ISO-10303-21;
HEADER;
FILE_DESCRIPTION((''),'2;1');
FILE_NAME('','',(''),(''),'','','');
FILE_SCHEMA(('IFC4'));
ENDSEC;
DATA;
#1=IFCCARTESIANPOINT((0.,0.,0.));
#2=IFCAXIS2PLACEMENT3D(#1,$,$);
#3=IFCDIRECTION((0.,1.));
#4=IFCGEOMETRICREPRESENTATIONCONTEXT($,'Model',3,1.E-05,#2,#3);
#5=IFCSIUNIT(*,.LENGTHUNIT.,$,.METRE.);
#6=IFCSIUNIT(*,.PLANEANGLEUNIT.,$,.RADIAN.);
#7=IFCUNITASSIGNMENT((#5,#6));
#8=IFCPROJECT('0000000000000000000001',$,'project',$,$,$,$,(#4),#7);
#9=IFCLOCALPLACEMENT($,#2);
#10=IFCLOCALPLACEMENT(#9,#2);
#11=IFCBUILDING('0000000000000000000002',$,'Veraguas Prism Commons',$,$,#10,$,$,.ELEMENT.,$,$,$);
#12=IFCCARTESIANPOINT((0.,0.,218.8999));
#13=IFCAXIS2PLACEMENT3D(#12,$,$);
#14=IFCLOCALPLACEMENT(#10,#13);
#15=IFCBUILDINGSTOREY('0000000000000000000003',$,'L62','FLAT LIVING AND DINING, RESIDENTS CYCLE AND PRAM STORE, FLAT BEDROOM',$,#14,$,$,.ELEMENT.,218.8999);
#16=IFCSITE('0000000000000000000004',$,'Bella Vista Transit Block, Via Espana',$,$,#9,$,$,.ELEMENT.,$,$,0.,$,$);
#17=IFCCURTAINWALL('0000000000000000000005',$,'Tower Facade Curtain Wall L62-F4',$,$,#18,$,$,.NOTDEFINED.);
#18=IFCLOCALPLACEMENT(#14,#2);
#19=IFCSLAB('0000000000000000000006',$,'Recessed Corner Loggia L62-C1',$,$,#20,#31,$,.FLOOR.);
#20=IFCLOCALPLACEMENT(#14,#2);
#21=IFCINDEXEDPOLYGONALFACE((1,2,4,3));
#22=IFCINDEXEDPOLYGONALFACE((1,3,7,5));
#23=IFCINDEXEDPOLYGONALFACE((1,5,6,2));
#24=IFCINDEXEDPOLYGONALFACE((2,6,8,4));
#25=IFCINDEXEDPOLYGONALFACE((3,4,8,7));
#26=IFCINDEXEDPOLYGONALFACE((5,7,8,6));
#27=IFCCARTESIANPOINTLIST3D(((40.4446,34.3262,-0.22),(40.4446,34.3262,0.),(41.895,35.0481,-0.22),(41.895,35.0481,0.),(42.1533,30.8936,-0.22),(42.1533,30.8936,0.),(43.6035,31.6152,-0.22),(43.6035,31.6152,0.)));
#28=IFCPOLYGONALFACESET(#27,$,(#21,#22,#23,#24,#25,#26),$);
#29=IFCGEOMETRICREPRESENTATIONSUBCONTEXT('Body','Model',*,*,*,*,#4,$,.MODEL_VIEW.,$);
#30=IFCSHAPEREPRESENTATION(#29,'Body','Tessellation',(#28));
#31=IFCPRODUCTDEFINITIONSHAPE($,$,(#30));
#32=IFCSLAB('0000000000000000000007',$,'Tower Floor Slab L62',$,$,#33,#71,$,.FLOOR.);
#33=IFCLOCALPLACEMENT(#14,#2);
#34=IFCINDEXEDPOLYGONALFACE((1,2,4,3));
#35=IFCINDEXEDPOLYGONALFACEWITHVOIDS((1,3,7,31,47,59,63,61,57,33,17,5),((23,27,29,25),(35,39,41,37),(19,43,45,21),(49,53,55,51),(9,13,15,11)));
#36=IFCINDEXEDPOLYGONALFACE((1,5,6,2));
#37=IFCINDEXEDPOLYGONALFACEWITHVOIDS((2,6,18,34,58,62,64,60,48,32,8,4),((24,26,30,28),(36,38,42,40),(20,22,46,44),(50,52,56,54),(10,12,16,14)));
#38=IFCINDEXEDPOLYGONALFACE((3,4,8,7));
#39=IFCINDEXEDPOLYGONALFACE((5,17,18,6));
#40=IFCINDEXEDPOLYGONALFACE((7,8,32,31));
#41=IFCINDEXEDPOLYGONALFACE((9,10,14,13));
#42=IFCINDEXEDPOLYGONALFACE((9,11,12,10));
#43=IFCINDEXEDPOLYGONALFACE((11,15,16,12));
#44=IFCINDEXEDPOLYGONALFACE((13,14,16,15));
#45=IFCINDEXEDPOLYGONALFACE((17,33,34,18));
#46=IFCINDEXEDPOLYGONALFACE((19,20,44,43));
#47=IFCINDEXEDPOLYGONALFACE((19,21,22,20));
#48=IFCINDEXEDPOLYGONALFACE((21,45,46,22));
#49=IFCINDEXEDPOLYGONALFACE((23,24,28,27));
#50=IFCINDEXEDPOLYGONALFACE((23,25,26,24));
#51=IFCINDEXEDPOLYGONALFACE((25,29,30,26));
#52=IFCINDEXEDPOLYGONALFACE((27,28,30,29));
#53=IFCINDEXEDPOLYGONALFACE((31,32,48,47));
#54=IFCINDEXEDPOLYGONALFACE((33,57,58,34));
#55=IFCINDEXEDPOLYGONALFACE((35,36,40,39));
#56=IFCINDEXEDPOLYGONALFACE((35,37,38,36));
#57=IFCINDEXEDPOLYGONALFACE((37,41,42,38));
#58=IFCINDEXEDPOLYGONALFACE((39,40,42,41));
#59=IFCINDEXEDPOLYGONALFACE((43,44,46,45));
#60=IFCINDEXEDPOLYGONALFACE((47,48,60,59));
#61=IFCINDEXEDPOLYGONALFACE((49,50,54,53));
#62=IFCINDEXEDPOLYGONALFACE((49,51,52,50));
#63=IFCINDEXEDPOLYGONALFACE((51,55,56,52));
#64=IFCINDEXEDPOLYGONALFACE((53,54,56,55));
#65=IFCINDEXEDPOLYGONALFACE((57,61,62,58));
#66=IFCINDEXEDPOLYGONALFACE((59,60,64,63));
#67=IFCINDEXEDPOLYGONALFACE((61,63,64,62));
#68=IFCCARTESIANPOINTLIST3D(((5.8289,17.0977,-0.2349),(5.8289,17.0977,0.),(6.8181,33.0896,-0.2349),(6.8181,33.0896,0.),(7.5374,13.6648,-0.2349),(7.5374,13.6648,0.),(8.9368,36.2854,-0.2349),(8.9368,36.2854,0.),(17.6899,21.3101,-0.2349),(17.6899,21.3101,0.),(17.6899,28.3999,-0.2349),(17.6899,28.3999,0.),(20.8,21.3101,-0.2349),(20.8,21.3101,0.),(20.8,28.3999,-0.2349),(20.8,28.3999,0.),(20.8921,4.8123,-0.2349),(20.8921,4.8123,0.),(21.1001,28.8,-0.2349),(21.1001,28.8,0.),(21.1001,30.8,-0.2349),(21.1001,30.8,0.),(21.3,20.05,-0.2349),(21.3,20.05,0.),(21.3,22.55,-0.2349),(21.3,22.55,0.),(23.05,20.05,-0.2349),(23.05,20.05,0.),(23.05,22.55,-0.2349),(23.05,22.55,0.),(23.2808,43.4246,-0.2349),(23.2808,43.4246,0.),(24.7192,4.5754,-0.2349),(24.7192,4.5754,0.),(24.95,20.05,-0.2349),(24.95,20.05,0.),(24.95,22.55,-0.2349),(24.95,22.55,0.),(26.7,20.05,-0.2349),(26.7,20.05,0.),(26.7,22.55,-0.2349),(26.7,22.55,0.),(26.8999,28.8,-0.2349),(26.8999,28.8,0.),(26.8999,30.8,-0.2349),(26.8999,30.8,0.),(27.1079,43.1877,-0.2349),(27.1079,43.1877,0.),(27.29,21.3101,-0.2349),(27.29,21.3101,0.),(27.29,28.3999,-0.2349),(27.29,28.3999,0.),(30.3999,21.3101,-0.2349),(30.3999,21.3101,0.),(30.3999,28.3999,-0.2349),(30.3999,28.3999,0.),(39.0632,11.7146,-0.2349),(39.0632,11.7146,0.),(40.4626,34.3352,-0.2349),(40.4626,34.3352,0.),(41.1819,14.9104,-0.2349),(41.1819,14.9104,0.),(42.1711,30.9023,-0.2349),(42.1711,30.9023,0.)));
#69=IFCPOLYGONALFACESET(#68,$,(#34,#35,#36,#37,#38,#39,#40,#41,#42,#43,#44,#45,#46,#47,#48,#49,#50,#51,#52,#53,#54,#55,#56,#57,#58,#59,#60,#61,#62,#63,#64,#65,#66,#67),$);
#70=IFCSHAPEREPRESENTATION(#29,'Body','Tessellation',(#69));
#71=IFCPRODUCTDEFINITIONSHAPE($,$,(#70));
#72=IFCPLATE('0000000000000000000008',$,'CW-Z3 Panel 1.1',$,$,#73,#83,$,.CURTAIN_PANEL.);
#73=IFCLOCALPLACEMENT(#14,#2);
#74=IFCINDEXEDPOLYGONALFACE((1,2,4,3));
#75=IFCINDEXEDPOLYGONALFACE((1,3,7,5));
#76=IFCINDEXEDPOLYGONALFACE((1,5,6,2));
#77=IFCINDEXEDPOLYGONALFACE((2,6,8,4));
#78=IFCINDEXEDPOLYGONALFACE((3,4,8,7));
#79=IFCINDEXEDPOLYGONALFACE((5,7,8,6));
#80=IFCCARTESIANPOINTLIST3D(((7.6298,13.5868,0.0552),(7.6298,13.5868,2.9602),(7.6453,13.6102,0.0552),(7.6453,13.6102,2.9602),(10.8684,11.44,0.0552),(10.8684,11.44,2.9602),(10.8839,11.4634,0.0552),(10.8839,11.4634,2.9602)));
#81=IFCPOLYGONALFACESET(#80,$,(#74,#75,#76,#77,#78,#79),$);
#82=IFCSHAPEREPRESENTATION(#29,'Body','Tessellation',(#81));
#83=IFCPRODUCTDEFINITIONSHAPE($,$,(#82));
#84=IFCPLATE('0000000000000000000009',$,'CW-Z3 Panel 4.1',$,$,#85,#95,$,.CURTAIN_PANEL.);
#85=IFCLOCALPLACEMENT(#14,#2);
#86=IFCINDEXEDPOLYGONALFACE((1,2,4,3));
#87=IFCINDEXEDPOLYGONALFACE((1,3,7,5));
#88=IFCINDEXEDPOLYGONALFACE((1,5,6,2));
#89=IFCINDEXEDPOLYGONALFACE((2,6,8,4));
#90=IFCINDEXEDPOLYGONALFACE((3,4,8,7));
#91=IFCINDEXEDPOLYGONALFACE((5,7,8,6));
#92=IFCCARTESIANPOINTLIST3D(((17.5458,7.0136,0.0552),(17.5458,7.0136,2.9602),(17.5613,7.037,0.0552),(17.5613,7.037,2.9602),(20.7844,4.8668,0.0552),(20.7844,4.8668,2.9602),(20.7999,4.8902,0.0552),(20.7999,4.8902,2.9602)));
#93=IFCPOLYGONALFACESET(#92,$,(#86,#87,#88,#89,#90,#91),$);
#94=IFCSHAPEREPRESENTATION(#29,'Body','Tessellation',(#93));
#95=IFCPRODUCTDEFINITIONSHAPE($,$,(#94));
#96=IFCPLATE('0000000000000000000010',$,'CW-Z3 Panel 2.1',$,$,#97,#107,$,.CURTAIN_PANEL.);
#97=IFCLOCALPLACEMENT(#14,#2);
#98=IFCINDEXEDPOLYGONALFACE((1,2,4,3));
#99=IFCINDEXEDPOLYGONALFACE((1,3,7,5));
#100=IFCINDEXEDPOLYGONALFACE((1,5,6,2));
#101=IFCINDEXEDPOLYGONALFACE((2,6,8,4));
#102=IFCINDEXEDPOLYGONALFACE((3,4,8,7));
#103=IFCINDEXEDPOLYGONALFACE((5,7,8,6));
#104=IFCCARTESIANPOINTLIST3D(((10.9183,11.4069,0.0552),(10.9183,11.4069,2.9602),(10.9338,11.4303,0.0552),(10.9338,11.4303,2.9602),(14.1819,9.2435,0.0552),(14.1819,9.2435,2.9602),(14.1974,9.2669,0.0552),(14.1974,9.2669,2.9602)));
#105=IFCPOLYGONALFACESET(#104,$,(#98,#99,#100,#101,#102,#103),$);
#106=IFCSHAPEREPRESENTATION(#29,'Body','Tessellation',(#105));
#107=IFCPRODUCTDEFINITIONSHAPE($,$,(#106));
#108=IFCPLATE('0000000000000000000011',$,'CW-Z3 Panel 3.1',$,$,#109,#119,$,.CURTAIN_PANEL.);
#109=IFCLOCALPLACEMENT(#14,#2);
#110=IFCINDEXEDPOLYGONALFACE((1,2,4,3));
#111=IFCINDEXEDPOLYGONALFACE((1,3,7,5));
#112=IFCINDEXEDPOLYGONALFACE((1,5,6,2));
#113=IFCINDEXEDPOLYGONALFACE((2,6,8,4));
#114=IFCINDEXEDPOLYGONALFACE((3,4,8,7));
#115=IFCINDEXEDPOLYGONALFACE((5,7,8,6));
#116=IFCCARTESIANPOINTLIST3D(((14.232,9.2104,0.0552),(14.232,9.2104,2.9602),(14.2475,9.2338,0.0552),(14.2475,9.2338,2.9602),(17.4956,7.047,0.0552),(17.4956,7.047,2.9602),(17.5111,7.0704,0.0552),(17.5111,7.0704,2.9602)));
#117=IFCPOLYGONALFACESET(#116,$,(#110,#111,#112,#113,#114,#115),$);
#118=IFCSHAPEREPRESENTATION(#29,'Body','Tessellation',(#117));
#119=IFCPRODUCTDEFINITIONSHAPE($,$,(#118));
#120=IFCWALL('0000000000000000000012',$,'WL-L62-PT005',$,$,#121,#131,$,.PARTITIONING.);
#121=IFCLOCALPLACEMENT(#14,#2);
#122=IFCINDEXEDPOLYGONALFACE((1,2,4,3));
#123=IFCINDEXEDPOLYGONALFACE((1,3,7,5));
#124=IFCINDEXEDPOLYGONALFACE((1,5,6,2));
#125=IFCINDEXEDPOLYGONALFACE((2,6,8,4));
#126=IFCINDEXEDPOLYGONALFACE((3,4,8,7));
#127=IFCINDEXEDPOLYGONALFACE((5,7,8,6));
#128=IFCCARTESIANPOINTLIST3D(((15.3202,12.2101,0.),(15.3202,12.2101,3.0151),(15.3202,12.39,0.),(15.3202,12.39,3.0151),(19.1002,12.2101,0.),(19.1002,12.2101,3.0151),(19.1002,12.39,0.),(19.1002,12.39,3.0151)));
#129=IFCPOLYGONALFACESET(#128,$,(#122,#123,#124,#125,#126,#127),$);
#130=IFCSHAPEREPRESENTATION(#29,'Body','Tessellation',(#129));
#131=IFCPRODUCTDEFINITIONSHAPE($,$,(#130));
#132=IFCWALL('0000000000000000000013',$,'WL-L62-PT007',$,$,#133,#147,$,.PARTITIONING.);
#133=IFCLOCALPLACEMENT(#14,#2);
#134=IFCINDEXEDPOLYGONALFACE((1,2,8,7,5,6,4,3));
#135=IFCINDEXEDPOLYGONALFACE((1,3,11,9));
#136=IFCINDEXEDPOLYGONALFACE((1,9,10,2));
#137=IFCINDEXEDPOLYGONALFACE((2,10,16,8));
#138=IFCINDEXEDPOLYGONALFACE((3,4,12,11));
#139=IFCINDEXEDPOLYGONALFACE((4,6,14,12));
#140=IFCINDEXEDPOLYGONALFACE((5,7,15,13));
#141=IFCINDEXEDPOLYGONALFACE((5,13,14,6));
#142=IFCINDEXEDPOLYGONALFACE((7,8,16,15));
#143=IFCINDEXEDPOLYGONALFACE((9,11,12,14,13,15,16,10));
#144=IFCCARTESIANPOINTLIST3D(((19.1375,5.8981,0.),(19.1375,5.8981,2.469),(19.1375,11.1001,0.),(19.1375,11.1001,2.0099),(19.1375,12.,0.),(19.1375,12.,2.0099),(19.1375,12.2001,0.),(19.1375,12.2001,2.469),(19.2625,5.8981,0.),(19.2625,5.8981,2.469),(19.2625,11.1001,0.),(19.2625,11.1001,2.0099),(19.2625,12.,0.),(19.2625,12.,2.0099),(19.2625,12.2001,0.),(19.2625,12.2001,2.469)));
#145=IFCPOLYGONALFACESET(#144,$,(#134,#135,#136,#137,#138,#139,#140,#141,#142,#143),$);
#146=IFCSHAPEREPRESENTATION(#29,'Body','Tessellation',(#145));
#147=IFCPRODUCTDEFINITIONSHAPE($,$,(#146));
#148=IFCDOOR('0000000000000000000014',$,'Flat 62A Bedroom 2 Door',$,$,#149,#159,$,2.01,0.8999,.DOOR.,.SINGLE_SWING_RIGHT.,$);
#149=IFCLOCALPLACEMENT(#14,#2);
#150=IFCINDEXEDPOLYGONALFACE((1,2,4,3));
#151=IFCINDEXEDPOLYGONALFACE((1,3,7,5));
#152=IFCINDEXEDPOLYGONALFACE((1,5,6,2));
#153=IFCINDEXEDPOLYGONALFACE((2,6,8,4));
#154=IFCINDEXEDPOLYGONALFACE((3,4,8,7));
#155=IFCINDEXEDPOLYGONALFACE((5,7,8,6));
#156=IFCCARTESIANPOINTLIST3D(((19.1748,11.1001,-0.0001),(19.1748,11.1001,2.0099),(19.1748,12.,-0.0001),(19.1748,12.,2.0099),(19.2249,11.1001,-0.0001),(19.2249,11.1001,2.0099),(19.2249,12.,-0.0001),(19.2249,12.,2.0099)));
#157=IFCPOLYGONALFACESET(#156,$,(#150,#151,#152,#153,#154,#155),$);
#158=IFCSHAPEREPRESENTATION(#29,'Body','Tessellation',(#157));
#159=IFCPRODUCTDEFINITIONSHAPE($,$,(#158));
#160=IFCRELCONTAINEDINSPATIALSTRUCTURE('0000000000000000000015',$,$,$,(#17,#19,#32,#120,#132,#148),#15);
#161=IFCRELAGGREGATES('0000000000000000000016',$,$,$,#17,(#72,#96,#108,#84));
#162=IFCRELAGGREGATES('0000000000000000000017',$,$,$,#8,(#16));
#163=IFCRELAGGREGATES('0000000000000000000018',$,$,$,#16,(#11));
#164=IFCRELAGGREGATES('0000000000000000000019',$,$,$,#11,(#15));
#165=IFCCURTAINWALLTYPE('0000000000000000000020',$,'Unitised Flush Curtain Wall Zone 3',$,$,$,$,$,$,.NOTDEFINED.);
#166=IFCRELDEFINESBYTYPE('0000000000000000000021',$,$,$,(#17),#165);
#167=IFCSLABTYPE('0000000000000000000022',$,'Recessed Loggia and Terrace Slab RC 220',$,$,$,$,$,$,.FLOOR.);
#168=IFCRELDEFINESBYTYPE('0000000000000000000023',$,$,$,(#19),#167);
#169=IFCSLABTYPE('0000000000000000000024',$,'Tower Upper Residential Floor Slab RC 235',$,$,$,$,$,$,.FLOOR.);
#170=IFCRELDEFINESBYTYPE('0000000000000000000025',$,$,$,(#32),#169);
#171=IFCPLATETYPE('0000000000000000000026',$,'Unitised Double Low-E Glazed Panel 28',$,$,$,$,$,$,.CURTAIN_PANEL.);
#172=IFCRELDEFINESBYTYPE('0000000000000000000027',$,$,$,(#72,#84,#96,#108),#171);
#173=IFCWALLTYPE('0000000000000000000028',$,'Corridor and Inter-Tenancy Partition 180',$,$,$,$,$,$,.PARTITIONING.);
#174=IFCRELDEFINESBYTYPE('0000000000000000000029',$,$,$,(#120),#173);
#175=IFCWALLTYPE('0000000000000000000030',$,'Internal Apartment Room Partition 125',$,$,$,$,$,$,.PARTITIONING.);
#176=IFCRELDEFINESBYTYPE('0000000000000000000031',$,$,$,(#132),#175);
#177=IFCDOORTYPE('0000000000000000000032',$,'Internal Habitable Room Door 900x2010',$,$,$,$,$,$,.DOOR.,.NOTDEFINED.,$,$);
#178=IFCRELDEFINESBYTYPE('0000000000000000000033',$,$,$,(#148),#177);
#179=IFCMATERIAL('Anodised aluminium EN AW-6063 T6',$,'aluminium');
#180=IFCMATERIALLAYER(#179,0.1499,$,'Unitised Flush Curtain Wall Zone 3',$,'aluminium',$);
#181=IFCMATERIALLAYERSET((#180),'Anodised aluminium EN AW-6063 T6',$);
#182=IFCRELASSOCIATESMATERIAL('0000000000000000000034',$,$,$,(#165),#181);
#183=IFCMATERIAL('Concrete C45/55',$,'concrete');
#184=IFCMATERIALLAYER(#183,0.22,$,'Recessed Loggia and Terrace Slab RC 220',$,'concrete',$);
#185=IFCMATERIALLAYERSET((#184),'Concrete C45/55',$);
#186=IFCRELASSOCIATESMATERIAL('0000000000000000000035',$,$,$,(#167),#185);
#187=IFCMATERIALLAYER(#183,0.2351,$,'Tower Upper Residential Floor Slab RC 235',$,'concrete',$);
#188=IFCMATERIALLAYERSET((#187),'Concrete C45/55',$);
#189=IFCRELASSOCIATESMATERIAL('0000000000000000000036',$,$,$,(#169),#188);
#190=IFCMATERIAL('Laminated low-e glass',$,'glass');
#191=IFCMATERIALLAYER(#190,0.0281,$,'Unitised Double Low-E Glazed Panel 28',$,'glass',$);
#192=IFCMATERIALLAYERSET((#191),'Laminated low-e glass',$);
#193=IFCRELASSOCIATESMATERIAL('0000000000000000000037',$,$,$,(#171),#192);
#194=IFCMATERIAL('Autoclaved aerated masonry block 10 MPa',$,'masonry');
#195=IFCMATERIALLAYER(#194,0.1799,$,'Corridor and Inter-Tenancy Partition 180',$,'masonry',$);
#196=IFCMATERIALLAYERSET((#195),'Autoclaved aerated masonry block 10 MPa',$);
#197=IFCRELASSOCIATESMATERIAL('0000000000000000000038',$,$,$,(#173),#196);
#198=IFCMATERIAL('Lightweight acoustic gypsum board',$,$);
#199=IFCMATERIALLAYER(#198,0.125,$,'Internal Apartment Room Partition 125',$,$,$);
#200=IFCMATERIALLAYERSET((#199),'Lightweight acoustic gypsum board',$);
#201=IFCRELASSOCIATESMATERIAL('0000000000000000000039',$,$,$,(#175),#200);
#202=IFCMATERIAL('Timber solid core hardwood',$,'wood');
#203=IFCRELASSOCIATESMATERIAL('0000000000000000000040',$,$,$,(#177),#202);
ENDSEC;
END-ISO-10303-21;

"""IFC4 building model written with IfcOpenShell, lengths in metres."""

from ifc_helpers import new_model, si_unit, direction, frame, frame_2d, origin, origin_2d, place, context, subcontext, project, spatial, polyline, rectangle, outline, extrude, source, transform, mapped, material, layer, layer_set, type_object, element, fill, aggregate, save


model = new_model("IFC4")

# Units and contexts
model_context = context("Model", 3, precision=1e-05, world=origin(), true_north=direction((0.0, 1.0)))
body_context = subcontext(model_context, "Body", "Model", "MODEL_VIEW")
ifc_project = project(units=[si_unit("LENGTHUNIT", "METRE"), si_unit("PLANEANGLEUNIT", "RADIAN")], contexts=[model_context])

# Site, building, storey
site_placement = place(None, origin())
site = spatial("IfcSite", under=ifc_project, at=site_placement, Name="Bella Vista Transit Block, Via Espana", CompositionType="ELEMENT", RefElevation=0.0)
building_placement = place(site_placement, origin())
building = spatial("IfcBuilding", under=site, at=building_placement, Name="Veraguas Prism Commons", CompositionType="ELEMENT")
storey_placement = place(building_placement, frame((0.0, 0.0, 218.8999)))
storey = spatial("IfcBuildingStorey", under=building, at=storey_placement, Name="L62", Description="FLAT LIVING AND DINING, RESIDENTS CYCLE AND PRAM STORE, FLAT BEDROOM", CompositionType="ELEMENT", Elevation=218.8999)

# Curtain wall
ifc_material_1 = material(Name="Anodised aluminium EN AW-6063 T6", Category="aluminium")
ifc_layer_1 = layer(ifc_material_1, 0.1499, Name="Unitised Flush Curtain Wall Zone 3", Category="aluminium")
ifc_layer_set_1 = layer_set([ifc_layer_1], Name="Anodised aluminium EN AW-6063 T6")
curtain_wall_type = type_object("IfcCurtainWallType", Name="Unitised Flush Curtain Wall Zone 3", PredefinedType="NOTDEFINED", material=ifc_layer_set_1)
curtain_wall_placement = place(storey_placement, origin())
curtain_wall = element("IfcCurtainWall", 1, at=curtain_wall_placement, inside=storey, type_object=curtain_wall_type, Name="Tower Facade Curtain Wall L62-F4", PredefinedType="NOTDEFINED")

# Slabs
ifc_material_2 = material(Name="Concrete C45/55", Category="concrete")
ifc_layer_2 = layer(ifc_material_2, 0.22, Name="Recessed Loggia and Terrace Slab RC 220", Category="concrete")
ifc_layer_set_2 = layer_set([ifc_layer_2], Name="Concrete C45/55")
slab_type_1 = type_object("IfcSlabType", Name="Recessed Loggia and Terrace Slab RC 220", PredefinedType="FLOOR", material=ifc_layer_set_2)
slab_1_placement = place(storey_placement, frame((0.0, 0.0, -0.22)))
element("IfcSlab", 2, at=slab_1_placement, inside=storey, type_object=slab_type_1, Name="Recessed Corner Loggia L62-C1", PredefinedType="FLOOR", context=body_context, shape_type="SweptSolid", body=[
    extrude(outline(polyline([(42.1533, 30.8936), (43.6035, 31.6152), (41.895, 35.0481), (40.4446, 34.3262), (42.1533, 30.8936)])), origin(), (0.0, 0.0, 1.0), 0.22),
])
ifc_layer_3 = layer(ifc_material_2, 0.2351, Name="Tower Upper Residential Floor Slab RC 235", Category="concrete")
ifc_layer_set_3 = layer_set([ifc_layer_3], Name="Concrete C45/55")
slab_type_2 = type_object("IfcSlabType", Name="Tower Upper Residential Floor Slab RC 235", PredefinedType="FLOOR", material=ifc_layer_set_3)
slab_2_placement = place(storey_placement, frame((0.0, 0.0, -0.2349)))
element("IfcSlab", 3, at=slab_2_placement, inside=storey, type_object=slab_type_2, Name="Tower Floor Slab L62", PredefinedType="FLOOR", context=body_context, shape_type="SweptSolid", body=[
    extrude(outline(polyline([(42.1711, 30.9023), (40.4626, 34.3352), (27.1079, 43.1877), (23.2808, 43.4246), (8.9368, 36.2854), (6.8181, 33.0896), (5.8289, 17.0977), (7.5374, 13.6648), (20.8921, 4.8123), (24.7192, 4.5754), (39.0632, 11.7146), (41.1819, 14.9104), (42.1711, 30.9023)]), holes=[polyline([(20.8, 21.3101), (20.8, 28.3999), (17.6899, 28.3999), (17.6899, 21.3101), (20.8, 21.3101)]), polyline([(30.3999, 21.3101), (30.3999, 28.3999), (27.29, 28.3999), (27.29, 21.3101), (30.3999, 21.3101)]), polyline([(21.1001, 28.8), (26.8999, 28.8), (26.8999, 30.8), (21.1001, 30.8), (21.1001, 28.8)]), polyline([(21.3, 20.05), (23.05, 20.05), (23.05, 22.55), (21.3, 22.55), (21.3, 20.05)]), polyline([(24.95, 20.05), (26.7, 20.05), (26.7, 22.55), (24.95, 22.55), (24.95, 20.05)])]), origin(), (0.0, 0.0, 1.0), 0.2349),
])

# Plates
ifc_material_3 = material(Name="Laminated low-e glass", Category="glass")
ifc_layer_4 = layer(ifc_material_3, 0.0281, Name="Unitised Double Low-E Glazed Panel 28", Category="glass")
ifc_layer_set_4 = layer_set([ifc_layer_4], Name="Laminated low-e glass")
plate_type = type_object("IfcPlateType", Name="Unitised Double Low-E Glazed Panel 28", PredefinedType="CURTAIN_PANEL", material=ifc_layer_set_4)
shared_shape_1 = source(origin(), body_context, "Body", "SweptSolid", [
    extrude(rectangle(XDim=3.8855, YDim=0.0281, at=origin_2d()), origin(), (0.0, 0.0, 1.0), 2.905),
])
plate_1_placement = place(storey_placement, frame((9.2568, 12.5251, 0.0552), z_axis=(0.0, 0.0, 1.0), x_axis=(0.833503, -0.552515, 0.0)))
plate_1 = element("IfcPlate", 4, at=plate_1_placement, type_object=plate_type, Name="CW-Z3 Panel 1.1", PredefinedType="CURTAIN_PANEL", context=body_context, shape_type="MappedRepresentation", body=[
    mapped(shared_shape_1, transform((0.0, 0.0, 0.0), scale=1.0)),
])
plate_2_placement = place(storey_placement, frame((19.1729, 5.9519, 0.0552), z_axis=(0.0, 0.0, 1.0), x_axis=(0.833503, -0.552515, 0.0)))
plate_2 = element("IfcPlate", 5, at=plate_2_placement, type_object=plate_type, Name="CW-Z3 Panel 4.1", PredefinedType="CURTAIN_PANEL", context=body_context, shape_type="MappedRepresentation", body=[
    mapped(shared_shape_1, transform((0.0, 0.0, 0.0), scale=1.0)),
])
shared_shape_2 = source(origin(), body_context, "Body", "SweptSolid", [
    extrude(rectangle(XDim=3.9155, YDim=0.0281, at=origin_2d()), origin(), (0.0, 0.0, 1.0), 2.905),
])
plate_3_placement = place(storey_placement, frame((12.5579, 10.3369, 0.0552), z_axis=(0.0, 0.0, 1.0), x_axis=(0.833503, -0.552515, 0.0)))
plate_3 = element("IfcPlate", 6, at=plate_3_placement, type_object=plate_type, Name="CW-Z3 Panel 2.1", PredefinedType="CURTAIN_PANEL", context=body_context, shape_type="MappedRepresentation", body=[
    mapped(shared_shape_2, transform((0.0, 0.0, 0.0), scale=1.0)),
])
plate_4_placement = place(storey_placement, frame((15.8716, 8.1404, 0.0552), z_axis=(0.0, 0.0, 1.0), x_axis=(0.833503, -0.552515, 0.0)))
plate_4 = element("IfcPlate", 7, at=plate_4_placement, type_object=plate_type, Name="CW-Z3 Panel 3.1", PredefinedType="CURTAIN_PANEL", context=body_context, shape_type="MappedRepresentation", body=[
    mapped(shared_shape_2, transform((0.0, 0.0, 0.0), scale=1.0)),
])
aggregate(curtain_wall, [plate_1, plate_3, plate_4, plate_2])

# Wall
ifc_material_4 = material(Name="Autoclaved aerated masonry block 10 MPa", Category="masonry")
ifc_layer_5 = layer(ifc_material_4, 0.1799, Name="Corridor and Inter-Tenancy Partition 180", Category="masonry")
ifc_layer_set_5 = layer_set([ifc_layer_5], Name="Autoclaved aerated masonry block 10 MPa")
wall_type_1 = type_object("IfcWallType", Name="Corridor and Inter-Tenancy Partition 180", PredefinedType="PARTITIONING", material=ifc_layer_set_5)
wall_1_placement = place(storey_placement, frame((15.3201, 12.3, 0.0), z_axis=(0.0, 0.0, 1.0), x_axis=(1.0, 0.0, 0.0)))
element("IfcWall", 8, at=wall_1_placement, inside=storey, type_object=wall_type_1, Name="WL-L62-PT005", PredefinedType="PARTITIONING", context=body_context, shape_type="SweptSolid", body=[
    extrude(rectangle(XDim=3.78, YDim=0.1799, at=frame_2d((1.8901, 0.0))), origin(), (0.0, 0.0, 1.0), 3.0151),
])

# Wall, opening, door
ifc_material_5 = material(Name="Lightweight acoustic gypsum board")
ifc_layer_6 = layer(ifc_material_5, 0.125, Name="Internal Apartment Room Partition 125")
ifc_layer_set_6 = layer_set([ifc_layer_6], Name="Lightweight acoustic gypsum board")
wall_type_2 = type_object("IfcWallType", Name="Internal Apartment Room Partition 125", PredefinedType="PARTITIONING", material=ifc_layer_set_6)
wall_2_placement = place(storey_placement, frame((19.2, 12.2, 0.0), z_axis=(0.0, 0.0, 1.0), x_axis=(0.0, -1.0, 0.0)))
wall_2 = element("IfcWall", 9, at=wall_2_placement, inside=storey, type_object=wall_type_2, Name="WL-L62-PT007", PredefinedType="PARTITIONING", context=body_context, shape_type="SweptSolid", body=[
    extrude(rectangle(XDim=6.302, YDim=0.125, at=frame_2d((3.1509, 0.0))), origin(), (0.0, 0.0, 1.0), 2.469),
])
opening_1_placement = place(wall_2_placement, frame((0.2, 0.0, 0.0)))
opening_1 = element("IfcOpeningElement", 10, at=opening_1_placement, cuts=wall_2, PredefinedType="OPENING", context=body_context, shape_type="SweptSolid", body=[
    extrude(rectangle(XDim=0.8999, YDim=2.01, at=frame_2d((0.45, 1.0049))), frame((0.0, 0.0725, 0.0), z_axis=(0.0, -1.0, 0.0), x_axis=(1.0, 0.0, 0.0)), (0.0, 0.0, 1.0), 0.145),
])
ifc_material_6 = material(Name="Timber solid core hardwood", Category="wood")
door_type_1 = type_object("IfcDoorType", Name="Internal Habitable Room Door 900x2010", OperationType="NOTDEFINED", PredefinedType="DOOR", material=ifc_material_6)
shared_shape_3 = source(origin(), body_context, "Body", "SweptSolid", [
    extrude(rectangle(XDim=0.8999, YDim=2.01, at=frame_2d((0.45, 1.0049))), frame((0.0, 0.0249, 0.0), z_axis=(0.0, -1.0, 0.0), x_axis=(1.0, 0.0, 0.0)), (0.0, 0.0, 1.0), 0.05),
])
door_1_placement = place(opening_1_placement, origin())
door_1 = element("IfcDoor", 11, at=door_1_placement, inside=storey, type_object=door_type_1, Name="Flat 62A Bedroom 2 Door", OperationType="SINGLE_SWING_RIGHT", OverallHeight=2.01, OverallWidth=0.8999, PredefinedType="DOOR", context=body_context, shape_type="MappedRepresentation", body=[
    mapped(shared_shape_3, transform((0.0, 0.0, 0.0), scale=1.0)),
])
fill(opening_1, door_1)

save(model, "model.ifc")
